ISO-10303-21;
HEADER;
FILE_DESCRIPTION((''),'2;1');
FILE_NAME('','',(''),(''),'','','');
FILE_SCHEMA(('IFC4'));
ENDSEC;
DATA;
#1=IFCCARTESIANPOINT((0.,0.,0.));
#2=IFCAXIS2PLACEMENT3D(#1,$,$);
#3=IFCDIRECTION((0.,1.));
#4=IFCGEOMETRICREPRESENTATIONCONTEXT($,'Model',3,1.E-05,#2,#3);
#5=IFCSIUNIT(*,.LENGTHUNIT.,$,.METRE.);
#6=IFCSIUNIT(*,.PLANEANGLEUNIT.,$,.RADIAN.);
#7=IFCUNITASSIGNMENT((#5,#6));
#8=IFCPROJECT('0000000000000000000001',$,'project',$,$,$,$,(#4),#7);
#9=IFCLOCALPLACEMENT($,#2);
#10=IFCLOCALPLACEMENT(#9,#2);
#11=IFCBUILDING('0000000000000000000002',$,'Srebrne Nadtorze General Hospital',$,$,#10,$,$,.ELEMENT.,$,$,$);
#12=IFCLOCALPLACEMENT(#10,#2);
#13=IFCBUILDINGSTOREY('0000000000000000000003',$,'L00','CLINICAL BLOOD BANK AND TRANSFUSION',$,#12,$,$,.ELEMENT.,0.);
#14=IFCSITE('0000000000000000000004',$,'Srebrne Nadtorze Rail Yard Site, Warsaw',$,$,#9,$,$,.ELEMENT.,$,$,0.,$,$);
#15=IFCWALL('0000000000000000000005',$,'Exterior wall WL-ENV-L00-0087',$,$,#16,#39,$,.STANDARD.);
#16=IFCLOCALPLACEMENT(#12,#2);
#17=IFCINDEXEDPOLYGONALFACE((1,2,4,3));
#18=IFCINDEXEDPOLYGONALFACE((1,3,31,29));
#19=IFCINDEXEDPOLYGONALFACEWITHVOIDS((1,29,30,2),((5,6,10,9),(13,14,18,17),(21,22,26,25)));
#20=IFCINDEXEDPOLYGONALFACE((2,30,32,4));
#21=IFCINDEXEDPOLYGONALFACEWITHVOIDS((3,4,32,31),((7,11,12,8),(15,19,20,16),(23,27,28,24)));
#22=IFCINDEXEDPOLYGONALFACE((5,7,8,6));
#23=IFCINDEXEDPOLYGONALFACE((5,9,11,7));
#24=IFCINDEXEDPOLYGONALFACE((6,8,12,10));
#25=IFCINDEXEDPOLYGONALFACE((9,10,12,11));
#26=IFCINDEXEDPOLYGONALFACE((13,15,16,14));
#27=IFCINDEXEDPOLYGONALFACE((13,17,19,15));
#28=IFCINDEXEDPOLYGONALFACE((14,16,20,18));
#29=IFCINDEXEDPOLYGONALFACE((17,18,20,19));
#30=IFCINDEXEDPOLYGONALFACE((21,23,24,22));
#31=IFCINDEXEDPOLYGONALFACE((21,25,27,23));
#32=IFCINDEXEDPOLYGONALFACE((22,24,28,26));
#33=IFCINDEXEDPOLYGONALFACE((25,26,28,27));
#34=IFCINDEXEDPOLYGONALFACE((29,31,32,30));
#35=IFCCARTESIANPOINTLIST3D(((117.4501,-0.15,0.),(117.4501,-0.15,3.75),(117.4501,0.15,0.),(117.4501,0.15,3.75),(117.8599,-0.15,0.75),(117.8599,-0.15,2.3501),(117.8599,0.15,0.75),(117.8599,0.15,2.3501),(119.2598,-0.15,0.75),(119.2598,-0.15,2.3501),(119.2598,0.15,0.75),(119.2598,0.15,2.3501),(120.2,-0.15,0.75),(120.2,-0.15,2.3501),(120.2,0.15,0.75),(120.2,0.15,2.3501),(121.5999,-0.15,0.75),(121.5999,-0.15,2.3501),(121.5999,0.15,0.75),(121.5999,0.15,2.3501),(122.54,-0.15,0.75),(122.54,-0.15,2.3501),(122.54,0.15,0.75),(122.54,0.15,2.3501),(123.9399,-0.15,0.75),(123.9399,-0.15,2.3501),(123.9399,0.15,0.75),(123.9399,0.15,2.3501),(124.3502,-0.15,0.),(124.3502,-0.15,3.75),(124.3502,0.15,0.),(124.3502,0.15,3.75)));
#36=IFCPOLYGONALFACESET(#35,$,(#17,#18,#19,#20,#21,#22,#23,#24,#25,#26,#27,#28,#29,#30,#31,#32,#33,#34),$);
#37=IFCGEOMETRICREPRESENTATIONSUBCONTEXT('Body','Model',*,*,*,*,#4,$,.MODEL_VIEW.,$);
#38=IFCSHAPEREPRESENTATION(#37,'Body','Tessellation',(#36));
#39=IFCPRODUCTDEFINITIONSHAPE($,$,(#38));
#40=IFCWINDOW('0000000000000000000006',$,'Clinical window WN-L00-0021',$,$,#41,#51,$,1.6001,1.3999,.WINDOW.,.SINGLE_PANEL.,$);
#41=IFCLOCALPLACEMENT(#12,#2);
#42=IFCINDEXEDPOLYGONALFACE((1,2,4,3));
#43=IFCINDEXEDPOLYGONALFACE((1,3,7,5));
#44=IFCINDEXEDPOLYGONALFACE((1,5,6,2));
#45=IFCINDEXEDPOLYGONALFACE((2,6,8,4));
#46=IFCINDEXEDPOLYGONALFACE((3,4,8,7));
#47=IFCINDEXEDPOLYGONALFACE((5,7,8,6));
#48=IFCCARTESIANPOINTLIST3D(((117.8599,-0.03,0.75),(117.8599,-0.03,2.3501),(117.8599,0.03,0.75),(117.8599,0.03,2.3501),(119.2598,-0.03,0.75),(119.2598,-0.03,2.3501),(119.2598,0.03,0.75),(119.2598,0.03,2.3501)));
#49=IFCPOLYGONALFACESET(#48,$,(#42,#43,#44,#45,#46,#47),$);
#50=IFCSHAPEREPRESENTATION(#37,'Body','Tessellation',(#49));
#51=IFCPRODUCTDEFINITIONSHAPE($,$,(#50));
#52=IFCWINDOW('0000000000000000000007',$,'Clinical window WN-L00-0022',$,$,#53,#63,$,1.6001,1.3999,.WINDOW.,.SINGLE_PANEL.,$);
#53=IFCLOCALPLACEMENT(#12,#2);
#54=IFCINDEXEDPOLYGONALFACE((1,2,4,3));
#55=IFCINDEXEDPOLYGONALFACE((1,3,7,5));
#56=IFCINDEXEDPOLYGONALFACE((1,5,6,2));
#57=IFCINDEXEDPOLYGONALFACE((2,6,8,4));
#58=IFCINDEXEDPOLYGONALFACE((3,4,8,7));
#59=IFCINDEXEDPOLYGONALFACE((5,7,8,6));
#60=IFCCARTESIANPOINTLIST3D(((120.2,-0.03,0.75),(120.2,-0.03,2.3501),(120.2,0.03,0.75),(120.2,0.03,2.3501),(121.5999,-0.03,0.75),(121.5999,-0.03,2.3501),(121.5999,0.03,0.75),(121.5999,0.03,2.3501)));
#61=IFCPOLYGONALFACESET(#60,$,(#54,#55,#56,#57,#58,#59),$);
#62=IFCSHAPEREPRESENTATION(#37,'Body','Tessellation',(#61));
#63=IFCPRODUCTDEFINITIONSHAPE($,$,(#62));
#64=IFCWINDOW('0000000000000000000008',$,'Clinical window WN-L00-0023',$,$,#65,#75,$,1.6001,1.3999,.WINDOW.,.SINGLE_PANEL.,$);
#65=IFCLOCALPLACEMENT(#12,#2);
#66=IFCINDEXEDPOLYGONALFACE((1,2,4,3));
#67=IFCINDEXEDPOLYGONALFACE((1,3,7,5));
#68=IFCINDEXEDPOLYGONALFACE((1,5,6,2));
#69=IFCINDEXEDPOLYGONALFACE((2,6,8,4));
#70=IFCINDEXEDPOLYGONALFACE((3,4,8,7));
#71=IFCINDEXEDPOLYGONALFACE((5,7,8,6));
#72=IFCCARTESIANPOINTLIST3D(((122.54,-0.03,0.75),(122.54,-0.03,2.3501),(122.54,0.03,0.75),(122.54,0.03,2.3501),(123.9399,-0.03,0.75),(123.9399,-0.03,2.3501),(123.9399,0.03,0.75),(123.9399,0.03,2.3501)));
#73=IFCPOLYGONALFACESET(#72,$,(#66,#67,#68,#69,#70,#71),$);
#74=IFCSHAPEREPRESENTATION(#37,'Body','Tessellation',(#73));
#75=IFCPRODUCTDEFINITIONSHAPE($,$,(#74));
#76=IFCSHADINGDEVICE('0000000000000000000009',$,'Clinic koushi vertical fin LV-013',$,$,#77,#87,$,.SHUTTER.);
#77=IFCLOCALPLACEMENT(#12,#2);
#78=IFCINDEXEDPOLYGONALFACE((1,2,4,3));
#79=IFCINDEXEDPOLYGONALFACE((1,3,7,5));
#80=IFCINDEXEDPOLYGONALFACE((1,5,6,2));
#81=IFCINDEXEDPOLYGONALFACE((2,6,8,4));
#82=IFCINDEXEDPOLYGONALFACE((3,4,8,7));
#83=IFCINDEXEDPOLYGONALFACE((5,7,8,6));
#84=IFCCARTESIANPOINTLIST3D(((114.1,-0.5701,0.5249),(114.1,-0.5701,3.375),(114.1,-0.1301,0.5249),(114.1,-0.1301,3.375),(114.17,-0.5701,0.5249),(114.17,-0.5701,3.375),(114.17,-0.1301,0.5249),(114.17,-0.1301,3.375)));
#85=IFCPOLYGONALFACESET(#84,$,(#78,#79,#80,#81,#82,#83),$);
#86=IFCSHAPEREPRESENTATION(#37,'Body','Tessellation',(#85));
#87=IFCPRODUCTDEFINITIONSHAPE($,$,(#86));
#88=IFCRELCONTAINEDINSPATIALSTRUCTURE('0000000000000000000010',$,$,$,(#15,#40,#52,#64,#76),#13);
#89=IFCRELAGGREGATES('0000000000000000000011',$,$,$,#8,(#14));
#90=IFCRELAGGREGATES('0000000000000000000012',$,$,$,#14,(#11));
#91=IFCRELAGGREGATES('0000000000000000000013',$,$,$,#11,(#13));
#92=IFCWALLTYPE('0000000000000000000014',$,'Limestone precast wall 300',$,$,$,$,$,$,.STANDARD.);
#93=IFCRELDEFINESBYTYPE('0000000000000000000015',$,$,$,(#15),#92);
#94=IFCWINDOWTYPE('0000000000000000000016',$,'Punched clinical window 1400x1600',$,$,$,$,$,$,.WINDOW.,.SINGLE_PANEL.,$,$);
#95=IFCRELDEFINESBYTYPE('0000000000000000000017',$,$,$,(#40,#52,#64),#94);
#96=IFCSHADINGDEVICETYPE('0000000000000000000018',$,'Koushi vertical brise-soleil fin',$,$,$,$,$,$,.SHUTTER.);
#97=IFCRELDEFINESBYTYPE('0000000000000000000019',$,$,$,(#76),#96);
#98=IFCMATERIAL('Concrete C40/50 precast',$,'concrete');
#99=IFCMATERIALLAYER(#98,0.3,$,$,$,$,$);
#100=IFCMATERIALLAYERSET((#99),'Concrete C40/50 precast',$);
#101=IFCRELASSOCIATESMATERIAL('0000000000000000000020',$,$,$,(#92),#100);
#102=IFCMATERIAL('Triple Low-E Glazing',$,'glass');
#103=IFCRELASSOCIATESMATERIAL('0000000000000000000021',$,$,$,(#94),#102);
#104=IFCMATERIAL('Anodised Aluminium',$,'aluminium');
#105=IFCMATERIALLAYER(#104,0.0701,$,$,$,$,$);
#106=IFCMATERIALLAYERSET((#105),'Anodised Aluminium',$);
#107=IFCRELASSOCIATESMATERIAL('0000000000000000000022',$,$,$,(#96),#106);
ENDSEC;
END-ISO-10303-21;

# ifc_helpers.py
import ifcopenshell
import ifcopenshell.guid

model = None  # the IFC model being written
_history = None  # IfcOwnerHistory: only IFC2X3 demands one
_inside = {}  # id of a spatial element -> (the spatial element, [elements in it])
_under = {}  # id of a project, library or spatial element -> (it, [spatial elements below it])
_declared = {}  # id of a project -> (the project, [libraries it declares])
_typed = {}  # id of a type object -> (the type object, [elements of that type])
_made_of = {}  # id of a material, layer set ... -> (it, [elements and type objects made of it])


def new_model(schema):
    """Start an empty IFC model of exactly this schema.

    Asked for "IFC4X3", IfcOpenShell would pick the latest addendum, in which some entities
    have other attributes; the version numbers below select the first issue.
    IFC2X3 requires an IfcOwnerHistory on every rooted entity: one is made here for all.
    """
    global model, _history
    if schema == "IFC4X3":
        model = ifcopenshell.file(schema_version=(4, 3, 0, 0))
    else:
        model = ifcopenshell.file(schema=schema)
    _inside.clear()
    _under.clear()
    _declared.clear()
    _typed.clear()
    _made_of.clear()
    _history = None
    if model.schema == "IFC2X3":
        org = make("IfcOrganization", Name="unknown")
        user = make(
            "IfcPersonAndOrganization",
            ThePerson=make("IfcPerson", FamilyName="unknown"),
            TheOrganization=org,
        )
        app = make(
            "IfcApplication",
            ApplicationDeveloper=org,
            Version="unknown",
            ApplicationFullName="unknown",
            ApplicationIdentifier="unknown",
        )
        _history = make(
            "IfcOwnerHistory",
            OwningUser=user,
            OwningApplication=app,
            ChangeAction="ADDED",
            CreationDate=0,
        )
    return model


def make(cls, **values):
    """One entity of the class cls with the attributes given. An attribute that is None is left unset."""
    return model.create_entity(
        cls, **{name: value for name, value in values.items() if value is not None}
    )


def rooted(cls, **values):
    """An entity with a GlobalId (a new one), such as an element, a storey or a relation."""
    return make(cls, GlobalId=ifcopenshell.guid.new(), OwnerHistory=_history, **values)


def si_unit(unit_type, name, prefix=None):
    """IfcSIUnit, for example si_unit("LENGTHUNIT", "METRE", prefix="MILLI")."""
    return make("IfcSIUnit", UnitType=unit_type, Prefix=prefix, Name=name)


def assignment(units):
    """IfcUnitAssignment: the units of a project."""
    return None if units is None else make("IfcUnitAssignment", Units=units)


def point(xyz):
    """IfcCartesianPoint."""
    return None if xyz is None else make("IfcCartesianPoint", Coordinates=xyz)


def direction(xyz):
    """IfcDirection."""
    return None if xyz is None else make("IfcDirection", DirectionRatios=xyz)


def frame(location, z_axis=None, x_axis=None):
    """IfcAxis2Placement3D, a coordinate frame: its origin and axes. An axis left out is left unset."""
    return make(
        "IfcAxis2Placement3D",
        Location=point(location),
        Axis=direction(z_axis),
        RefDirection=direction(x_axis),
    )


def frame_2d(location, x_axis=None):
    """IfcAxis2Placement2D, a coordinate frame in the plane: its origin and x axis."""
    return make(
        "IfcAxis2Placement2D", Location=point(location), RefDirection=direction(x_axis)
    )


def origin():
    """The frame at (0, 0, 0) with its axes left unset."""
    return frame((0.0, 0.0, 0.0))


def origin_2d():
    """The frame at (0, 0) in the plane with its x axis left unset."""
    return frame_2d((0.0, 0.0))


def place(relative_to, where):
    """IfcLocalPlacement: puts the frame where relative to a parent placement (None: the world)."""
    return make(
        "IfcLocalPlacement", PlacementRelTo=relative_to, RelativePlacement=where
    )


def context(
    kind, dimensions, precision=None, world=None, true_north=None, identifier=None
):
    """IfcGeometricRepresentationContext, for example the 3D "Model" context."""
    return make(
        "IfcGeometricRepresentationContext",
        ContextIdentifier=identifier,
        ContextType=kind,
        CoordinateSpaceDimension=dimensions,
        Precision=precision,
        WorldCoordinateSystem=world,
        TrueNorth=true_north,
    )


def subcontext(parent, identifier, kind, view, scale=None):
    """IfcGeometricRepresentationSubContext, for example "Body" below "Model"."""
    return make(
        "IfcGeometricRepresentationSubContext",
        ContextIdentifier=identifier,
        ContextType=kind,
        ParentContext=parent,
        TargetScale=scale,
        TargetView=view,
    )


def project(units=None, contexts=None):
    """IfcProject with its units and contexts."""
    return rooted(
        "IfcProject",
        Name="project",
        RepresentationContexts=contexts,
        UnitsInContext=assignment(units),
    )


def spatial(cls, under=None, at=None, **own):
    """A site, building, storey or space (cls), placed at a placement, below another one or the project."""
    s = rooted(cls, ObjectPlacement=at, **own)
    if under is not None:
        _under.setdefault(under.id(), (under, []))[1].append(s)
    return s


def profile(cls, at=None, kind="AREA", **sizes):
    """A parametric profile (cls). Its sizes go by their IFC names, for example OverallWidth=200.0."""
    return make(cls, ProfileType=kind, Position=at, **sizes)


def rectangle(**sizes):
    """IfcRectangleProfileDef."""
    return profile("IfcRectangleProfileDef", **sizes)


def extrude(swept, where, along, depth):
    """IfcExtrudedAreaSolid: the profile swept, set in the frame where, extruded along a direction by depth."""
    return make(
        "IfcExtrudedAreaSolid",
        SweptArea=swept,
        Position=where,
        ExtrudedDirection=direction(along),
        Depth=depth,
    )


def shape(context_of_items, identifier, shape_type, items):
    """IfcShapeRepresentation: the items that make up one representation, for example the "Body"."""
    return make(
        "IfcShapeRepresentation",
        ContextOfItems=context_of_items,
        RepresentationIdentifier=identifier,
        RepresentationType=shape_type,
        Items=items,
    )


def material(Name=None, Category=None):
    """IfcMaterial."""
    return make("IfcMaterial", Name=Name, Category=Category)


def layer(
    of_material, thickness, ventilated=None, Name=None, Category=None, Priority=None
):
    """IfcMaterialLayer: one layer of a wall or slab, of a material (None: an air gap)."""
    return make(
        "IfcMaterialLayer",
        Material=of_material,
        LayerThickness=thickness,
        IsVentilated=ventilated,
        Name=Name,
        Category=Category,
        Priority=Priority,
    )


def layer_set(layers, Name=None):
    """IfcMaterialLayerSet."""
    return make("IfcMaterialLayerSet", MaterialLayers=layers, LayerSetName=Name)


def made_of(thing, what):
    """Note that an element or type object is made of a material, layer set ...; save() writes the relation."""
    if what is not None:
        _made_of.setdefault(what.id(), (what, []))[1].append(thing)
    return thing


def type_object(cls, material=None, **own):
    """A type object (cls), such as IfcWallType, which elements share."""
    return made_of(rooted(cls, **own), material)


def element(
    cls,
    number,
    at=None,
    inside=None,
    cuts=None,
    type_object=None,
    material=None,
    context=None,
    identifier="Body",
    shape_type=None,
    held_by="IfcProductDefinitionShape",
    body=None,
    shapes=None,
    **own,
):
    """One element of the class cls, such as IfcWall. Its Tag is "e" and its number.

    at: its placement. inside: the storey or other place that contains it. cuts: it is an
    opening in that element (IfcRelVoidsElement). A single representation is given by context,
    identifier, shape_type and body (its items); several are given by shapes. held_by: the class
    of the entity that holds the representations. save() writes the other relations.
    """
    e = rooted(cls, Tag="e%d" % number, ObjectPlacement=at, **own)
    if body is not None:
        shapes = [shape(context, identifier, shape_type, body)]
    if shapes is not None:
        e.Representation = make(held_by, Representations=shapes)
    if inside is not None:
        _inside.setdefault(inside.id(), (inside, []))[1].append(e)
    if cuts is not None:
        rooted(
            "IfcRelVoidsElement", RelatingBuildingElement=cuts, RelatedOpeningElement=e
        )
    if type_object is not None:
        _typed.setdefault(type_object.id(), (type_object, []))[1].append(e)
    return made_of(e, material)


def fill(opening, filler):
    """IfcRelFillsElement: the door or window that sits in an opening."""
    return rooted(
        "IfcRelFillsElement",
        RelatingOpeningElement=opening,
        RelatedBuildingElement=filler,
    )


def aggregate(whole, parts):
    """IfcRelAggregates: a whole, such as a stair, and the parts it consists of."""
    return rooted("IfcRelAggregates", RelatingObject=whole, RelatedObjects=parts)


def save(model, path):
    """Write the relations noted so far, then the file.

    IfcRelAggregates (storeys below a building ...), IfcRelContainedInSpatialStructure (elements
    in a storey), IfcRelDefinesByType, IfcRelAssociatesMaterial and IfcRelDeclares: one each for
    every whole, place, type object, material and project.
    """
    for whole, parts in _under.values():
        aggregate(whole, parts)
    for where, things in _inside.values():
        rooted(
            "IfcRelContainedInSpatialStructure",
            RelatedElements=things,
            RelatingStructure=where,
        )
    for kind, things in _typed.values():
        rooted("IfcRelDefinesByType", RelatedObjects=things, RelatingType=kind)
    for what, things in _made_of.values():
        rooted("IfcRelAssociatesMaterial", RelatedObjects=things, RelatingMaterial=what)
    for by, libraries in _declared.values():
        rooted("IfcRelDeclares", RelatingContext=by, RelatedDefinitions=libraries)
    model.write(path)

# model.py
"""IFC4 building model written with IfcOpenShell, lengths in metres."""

from ifc_helpers import new_model, si_unit, direction, frame, frame_2d, origin, origin_2d, place, context, subcontext, project, spatial, rectangle, extrude, material, layer, layer_set, type_object, element, fill, save


model = new_model("IFC4")

# Units and contexts
model_context = context("Model", 3, precision=1e-05, world=origin(), true_north=direction((0.0, 1.0)))
body_context = subcontext(model_context, "Body", "Model", "MODEL_VIEW")
ifc_project = project(units=[si_unit("LENGTHUNIT", "METRE"), si_unit("PLANEANGLEUNIT", "RADIAN")], contexts=[model_context])

# Site, building, storey
site_placement = place(None, origin())
site = spatial("IfcSite", under=ifc_project, at=site_placement, Name="Srebrne Nadtorze Rail Yard Site, Warsaw", CompositionType="ELEMENT", RefElevation=0.0)
building_placement = place(site_placement, origin())
building = spatial("IfcBuilding", under=site, at=building_placement, Name="Srebrne Nadtorze General Hospital", CompositionType="ELEMENT")
storey_placement = place(building_placement, origin())
storey = spatial("IfcBuildingStorey", under=building, at=storey_placement, Name="L00", Description="CLINICAL BLOOD BANK AND TRANSFUSION", CompositionType="ELEMENT", Elevation=0.0)

# Wall, openings, windows
ifc_material_1 = material(Name="Concrete C40/50 precast", Category="concrete")
ifc_layer_1 = layer(ifc_material_1, 0.3)
ifc_layer_set_1 = layer_set([ifc_layer_1], Name="Concrete C40/50 precast")
wall_type_1 = type_object("IfcWallType", Name="Limestone precast wall 300", PredefinedType="STANDARD", material=ifc_layer_set_1)
wall_1_placement = place(storey_placement, frame((117.45, 0.0, 0.0), z_axis=(0.0, 0.0, 1.0), x_axis=(1.0, 0.0, 0.0)))
wall_1 = element("IfcWall", 1, at=wall_1_placement, inside=storey, type_object=wall_type_1, Name="Exterior wall WL-ENV-L00-0087", PredefinedType="STANDARD", context=body_context, shape_type="SweptSolid", body=[
    extrude(rectangle(XDim=6.9001, YDim=0.3, at=frame_2d((3.4502, 0.0))), origin(), (0.0, 0.0, 1.0), 3.75),
])
opening_1_placement = place(wall_1_placement, frame((0.4099, 0.0, 0.75)))
opening_1 = element("IfcOpeningElement", 2, at=opening_1_placement, cuts=wall_1, PredefinedType="OPENING", context=body_context, shape_type="SweptSolid", body=[
    extrude(rectangle(XDim=1.3999, YDim=1.6001, at=frame_2d((0.7, 0.8))), frame((0.0, 0.1621, 0.0), z_axis=(0.0, -1.0, 0.0), x_axis=(1.0, 0.0, 0.0)), (0.0, 0.0, 1.0), 0.324),
])
opening_2_placement = place(wall_1_placement, frame((2.75, 0.0, 0.75)))
opening_2 = element("IfcOpeningElement", 3, at=opening_2_placement, cuts=wall_1, PredefinedType="OPENING", context=body_context, shape_type="SweptSolid", body=[
    extrude(rectangle(XDim=1.3999, YDim=1.6001, at=frame_2d((0.7, 0.8))), frame((0.0, 0.1621, 0.0), z_axis=(0.0, -1.0, 0.0), x_axis=(1.0, 0.0, 0.0)), (0.0, 0.0, 1.0), 0.324),
])
opening_3_placement = place(wall_1_placement, frame((5.0901, 0.0, 0.75)))
opening_3 = element("IfcOpeningElement", 4, at=opening_3_placement, cuts=wall_1, PredefinedType="OPENING", context=body_context, shape_type="SweptSolid", body=[
    extrude(rectangle(XDim=1.3999, YDim=1.6001, at=frame_2d((0.7, 0.8))), frame((0.0, 0.1621, 0.0), z_axis=(0.0, -1.0, 0.0), x_axis=(1.0, 0.0, 0.0)), (0.0, 0.0, 1.0), 0.324),
])
ifc_material_2 = material(Name="Triple Low-E Glazing", Category="glass")
window_type = type_object("IfcWindowType", Name="Punched clinical window 1400x1600", PartitioningType="SINGLE_PANEL", PredefinedType="WINDOW", material=ifc_material_2)
window_1_placement = place(opening_1_placement, origin())
window_1 = element("IfcWindow", 5, at=window_1_placement, inside=storey, type_object=window_type, Name="Clinical window WN-L00-0021", OverallHeight=1.6001, OverallWidth=1.3999, PartitioningType="SINGLE_PANEL", PredefinedType="WINDOW", context=body_context, shape_type="SweptSolid", body=[
    extrude(rectangle(XDim=1.3999, YDim=1.6001, at=frame_2d((0.7, 0.8))), frame((0.0, 0.03, 0.0), z_axis=(0.0, -1.0, 0.0), x_axis=(1.0, 0.0, 0.0)), (0.0, 0.0, 1.0), 0.0601),
])
fill(opening_1, window_1)
window_2_placement = place(opening_2_placement, origin())
window_2 = element("IfcWindow", 6, at=window_2_placement, inside=storey, type_object=window_type, Name="Clinical window WN-L00-0022", OverallHeight=1.6001, OverallWidth=1.3999, PartitioningType="SINGLE_PANEL", PredefinedType="WINDOW", context=body_context, shape_type="SweptSolid", body=[
    extrude(rectangle(XDim=1.3999, YDim=1.6001, at=frame_2d((0.7, 0.8))), frame((0.0, 0.03, 0.0), z_axis=(0.0, -1.0, 0.0), x_axis=(1.0, 0.0, 0.0)), (0.0, 0.0, 1.0), 0.0601),
])
fill(opening_2, window_2)
window_3_placement = place(opening_3_placement, origin())
window_3 = element("IfcWindow", 7, at=window_3_placement, inside=storey, type_object=window_type, Name="Clinical window WN-L00-0023", OverallHeight=1.6001, OverallWidth=1.3999, PartitioningType="SINGLE_PANEL", PredefinedType="WINDOW", context=body_context, shape_type="SweptSolid", body=[
    extrude(rectangle(XDim=1.3999, YDim=1.6001, at=frame_2d((0.7, 0.8))), frame((0.0, 0.03, 0.0), z_axis=(0.0, -1.0, 0.0), x_axis=(1.0, 0.0, 0.0)), (0.0, 0.0, 1.0), 0.0601),
])
fill(opening_3, window_3)

# Shading device
ifc_material_3 = material(Name="Anodised Aluminium", Category="aluminium")
ifc_layer_2 = layer(ifc_material_3, 0.0701)
ifc_layer_set_2 = layer_set([ifc_layer_2], Name="Anodised Aluminium")
shading_device_type = type_object("IfcShadingDeviceType", Name="Koushi vertical brise-soleil fin", PredefinedType="SHUTTER", material=ifc_layer_set_2)
shading_device_placement = place(storey_placement, frame((114.135, -0.3501, 0.5249), z_axis=(0.0, 0.0, 1.0), x_axis=(1.0, 0.0, 0.0)))
element("IfcShadingDevice", 8, at=shading_device_placement, inside=storey, type_object=shading_device_type, Name="Clinic koushi vertical fin LV-013", PredefinedType="SHUTTER", context=body_context, shape_type="SweptSolid", body=[
    extrude(rectangle(XDim=0.0701, YDim=0.4399, at=origin_2d()), origin(), (0.0, 0.0, 1.0), 2.8501),
])

save(model, "model.ifc")
